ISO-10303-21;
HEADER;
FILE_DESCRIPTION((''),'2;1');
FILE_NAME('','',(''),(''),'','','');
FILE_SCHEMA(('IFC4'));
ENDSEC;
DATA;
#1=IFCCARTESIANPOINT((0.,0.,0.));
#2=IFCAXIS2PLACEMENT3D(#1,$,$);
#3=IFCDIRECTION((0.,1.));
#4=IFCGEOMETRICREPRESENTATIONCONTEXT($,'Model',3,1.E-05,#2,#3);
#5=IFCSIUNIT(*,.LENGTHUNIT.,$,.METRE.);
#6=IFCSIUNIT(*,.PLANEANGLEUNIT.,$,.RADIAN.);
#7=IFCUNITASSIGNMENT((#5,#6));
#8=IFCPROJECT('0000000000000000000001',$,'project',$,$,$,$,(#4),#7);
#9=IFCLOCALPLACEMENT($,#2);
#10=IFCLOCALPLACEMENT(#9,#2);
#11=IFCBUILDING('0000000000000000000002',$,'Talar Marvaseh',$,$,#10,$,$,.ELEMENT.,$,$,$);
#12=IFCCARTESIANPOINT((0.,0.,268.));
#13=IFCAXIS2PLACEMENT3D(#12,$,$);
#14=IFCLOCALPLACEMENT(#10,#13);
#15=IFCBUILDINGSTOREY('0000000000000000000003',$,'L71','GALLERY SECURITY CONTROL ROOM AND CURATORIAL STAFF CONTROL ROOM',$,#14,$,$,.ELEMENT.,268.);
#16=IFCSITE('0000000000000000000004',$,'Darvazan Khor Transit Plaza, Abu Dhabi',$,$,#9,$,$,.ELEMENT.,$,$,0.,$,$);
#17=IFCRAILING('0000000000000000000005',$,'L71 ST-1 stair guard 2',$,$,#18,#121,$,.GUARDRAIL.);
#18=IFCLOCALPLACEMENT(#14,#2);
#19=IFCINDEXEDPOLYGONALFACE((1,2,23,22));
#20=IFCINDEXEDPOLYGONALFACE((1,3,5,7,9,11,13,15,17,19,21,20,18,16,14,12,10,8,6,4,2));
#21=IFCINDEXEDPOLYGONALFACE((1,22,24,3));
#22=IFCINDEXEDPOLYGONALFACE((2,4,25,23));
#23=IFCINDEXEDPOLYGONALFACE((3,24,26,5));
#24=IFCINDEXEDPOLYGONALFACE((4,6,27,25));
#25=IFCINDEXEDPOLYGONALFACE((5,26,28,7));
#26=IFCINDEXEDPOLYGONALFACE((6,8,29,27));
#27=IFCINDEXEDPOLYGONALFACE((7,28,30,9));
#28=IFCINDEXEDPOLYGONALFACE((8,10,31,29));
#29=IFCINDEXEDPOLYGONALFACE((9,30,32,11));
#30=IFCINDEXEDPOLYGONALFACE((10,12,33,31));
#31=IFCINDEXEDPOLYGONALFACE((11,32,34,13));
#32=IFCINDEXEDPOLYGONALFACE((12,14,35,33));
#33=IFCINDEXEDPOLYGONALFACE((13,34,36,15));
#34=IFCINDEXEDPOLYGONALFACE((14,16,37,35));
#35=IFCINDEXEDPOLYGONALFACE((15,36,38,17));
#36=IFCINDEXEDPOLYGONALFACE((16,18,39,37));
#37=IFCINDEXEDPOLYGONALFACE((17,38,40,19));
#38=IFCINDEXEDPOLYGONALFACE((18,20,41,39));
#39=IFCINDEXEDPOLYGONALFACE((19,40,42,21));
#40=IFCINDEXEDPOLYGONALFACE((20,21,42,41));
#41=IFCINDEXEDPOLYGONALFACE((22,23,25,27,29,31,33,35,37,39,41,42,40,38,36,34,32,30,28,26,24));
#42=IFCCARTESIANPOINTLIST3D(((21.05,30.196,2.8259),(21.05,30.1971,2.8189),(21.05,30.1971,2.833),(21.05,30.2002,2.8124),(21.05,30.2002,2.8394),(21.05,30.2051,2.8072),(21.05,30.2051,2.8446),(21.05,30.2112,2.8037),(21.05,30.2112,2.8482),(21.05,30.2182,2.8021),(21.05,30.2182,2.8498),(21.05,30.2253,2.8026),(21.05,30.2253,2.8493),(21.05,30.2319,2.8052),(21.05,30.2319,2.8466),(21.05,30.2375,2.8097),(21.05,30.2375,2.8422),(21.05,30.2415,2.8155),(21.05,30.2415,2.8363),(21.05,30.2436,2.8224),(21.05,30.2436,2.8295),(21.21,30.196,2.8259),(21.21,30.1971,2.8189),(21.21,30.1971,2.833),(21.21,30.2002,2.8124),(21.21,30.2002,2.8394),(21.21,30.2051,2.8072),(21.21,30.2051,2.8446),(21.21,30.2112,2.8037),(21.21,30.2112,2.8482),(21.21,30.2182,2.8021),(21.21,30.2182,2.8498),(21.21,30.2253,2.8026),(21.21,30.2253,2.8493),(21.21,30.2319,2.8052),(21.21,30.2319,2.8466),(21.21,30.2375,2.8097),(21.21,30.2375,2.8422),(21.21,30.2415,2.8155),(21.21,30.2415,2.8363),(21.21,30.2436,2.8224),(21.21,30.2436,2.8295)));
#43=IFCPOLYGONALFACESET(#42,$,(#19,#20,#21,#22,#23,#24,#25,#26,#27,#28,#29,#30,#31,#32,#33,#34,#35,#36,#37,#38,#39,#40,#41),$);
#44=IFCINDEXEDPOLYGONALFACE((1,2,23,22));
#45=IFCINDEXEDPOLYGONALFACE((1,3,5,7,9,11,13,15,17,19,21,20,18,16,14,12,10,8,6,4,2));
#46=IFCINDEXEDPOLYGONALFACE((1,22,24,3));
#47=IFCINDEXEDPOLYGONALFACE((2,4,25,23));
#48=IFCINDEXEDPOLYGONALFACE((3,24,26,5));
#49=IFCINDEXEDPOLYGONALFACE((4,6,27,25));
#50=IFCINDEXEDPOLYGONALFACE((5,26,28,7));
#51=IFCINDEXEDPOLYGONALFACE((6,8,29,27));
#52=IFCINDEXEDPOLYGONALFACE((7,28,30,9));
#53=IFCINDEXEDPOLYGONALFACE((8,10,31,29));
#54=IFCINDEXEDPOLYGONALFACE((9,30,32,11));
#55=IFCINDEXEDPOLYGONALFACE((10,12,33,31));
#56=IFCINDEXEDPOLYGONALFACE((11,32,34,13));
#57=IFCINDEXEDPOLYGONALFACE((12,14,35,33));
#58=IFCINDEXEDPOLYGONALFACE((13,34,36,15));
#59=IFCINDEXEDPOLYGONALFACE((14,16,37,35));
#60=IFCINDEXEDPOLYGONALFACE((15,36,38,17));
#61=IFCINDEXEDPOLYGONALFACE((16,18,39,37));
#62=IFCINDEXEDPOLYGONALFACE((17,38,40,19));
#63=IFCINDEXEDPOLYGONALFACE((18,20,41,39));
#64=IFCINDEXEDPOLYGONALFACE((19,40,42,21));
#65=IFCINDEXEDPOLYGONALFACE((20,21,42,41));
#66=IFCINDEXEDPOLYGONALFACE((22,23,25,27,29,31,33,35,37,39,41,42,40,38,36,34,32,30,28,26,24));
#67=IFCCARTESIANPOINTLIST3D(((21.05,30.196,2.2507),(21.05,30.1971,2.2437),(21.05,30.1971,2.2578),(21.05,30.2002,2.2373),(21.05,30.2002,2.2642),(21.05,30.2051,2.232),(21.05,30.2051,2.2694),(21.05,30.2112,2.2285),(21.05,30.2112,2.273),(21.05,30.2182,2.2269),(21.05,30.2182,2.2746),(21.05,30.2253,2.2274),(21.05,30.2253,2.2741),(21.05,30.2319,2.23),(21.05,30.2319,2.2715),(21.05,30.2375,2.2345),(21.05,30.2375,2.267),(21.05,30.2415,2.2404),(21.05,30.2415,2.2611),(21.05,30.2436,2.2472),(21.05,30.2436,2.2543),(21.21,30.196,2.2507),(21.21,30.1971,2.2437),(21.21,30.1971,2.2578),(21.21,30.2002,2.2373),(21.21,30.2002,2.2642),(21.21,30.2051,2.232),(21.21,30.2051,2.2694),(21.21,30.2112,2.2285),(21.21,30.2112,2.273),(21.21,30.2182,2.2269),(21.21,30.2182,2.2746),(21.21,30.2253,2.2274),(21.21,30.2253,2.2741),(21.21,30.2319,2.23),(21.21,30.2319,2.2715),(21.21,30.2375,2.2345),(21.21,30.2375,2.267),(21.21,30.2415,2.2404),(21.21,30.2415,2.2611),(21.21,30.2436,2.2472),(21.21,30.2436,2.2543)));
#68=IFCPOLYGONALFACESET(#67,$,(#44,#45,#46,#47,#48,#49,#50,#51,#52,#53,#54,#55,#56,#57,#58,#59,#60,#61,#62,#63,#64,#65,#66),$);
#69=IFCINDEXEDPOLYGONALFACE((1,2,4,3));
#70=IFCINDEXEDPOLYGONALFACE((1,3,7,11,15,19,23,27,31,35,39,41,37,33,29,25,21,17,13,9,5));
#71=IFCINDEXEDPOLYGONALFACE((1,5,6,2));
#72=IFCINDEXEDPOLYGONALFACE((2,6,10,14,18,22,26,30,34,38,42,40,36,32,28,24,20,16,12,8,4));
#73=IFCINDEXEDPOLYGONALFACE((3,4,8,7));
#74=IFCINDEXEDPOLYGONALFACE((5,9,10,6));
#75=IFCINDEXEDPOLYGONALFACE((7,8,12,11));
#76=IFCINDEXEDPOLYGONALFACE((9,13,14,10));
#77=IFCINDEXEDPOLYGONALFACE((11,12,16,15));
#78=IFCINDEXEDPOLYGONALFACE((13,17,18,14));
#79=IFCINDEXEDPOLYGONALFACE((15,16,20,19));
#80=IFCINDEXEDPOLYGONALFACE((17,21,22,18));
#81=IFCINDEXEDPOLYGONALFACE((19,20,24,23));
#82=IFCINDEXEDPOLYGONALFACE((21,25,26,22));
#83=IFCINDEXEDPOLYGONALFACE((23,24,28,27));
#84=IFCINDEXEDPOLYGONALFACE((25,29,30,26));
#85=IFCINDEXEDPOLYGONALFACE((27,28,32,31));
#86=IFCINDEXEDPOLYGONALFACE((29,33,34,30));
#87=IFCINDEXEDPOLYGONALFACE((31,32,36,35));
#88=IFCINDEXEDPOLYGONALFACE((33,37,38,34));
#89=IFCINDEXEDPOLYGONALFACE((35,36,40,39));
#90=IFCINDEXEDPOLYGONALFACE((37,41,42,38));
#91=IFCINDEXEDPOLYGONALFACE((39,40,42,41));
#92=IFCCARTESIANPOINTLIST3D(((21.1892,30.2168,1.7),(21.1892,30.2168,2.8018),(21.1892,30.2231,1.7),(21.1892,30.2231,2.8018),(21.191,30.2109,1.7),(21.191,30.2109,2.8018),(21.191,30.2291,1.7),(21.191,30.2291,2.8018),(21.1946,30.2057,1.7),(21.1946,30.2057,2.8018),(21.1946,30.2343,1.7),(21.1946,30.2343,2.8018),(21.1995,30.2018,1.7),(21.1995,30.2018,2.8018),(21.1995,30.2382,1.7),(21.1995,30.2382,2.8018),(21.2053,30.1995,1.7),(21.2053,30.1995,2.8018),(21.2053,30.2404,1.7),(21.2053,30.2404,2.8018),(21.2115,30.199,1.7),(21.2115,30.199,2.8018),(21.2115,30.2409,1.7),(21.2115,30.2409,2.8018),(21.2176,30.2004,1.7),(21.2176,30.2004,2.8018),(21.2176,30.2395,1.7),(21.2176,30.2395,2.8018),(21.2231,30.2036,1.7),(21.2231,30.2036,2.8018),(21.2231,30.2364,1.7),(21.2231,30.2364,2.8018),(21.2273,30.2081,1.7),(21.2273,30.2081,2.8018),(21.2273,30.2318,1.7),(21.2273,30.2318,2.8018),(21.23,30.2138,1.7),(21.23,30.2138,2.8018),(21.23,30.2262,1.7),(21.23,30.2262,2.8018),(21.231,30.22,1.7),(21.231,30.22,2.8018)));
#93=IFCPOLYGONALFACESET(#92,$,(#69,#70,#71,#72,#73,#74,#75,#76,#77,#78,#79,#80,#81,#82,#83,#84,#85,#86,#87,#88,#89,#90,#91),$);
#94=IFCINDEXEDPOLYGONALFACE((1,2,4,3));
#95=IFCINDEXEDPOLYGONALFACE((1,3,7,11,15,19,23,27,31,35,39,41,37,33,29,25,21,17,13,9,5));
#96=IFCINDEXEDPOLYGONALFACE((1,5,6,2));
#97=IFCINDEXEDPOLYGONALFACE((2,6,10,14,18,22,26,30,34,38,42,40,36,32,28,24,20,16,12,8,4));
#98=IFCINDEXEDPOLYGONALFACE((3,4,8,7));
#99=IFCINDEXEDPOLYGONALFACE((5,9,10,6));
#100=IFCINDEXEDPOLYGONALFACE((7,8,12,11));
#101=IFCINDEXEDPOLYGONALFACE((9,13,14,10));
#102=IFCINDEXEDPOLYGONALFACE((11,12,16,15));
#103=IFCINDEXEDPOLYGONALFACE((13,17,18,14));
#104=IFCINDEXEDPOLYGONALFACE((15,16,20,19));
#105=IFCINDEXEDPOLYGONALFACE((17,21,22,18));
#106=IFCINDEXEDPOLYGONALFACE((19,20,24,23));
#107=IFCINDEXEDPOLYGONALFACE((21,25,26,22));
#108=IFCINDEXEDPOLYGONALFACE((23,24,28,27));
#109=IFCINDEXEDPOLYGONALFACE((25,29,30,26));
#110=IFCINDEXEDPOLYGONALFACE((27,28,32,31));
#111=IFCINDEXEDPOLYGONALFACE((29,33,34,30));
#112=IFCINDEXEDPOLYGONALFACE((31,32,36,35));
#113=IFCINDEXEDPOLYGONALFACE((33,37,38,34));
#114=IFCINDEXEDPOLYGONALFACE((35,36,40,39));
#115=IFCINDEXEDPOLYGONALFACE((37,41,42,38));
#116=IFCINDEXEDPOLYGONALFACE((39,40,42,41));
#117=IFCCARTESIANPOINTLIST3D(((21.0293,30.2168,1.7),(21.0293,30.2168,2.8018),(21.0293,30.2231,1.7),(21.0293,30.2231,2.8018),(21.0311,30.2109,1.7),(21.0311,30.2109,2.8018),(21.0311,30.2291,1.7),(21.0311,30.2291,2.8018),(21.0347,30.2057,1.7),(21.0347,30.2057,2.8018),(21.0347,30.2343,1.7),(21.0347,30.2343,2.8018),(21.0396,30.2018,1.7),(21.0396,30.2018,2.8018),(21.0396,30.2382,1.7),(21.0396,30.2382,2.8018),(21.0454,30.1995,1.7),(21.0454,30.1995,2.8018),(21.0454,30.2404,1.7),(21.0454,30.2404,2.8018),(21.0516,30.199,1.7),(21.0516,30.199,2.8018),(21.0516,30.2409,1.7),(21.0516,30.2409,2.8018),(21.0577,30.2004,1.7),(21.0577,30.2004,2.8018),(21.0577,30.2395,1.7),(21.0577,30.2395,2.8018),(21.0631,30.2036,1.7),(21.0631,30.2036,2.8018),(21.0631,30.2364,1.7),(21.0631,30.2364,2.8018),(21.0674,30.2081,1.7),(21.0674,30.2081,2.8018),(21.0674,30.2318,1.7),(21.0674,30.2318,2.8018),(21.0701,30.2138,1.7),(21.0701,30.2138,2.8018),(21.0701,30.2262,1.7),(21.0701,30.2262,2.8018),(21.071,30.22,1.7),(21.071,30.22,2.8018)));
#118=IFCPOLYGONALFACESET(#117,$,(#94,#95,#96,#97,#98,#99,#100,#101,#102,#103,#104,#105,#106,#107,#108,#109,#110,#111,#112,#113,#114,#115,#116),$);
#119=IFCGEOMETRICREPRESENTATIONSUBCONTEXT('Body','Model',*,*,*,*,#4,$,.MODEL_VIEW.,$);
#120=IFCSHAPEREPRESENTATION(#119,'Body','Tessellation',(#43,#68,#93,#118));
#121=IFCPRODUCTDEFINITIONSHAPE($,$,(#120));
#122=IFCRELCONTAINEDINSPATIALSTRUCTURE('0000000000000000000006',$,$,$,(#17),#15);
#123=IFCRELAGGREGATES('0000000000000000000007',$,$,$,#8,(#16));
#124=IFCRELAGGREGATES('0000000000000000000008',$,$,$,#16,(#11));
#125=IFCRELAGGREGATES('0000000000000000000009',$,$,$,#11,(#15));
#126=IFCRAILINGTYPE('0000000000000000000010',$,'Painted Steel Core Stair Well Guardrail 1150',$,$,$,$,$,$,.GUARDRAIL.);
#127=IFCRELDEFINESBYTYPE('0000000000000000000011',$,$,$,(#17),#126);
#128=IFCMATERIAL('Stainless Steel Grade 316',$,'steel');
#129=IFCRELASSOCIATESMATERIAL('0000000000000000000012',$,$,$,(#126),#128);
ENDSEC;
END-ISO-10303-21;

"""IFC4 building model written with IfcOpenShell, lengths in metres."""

from ifc_helpers import new_model, si_unit, direction, frame, origin, origin_2d, place, context, subcontext, project, spatial, circle, extrude, material, type_object, element, save


model = new_model("IFC4")

# Units and contexts
model_context = context("Model", 3, precision=1e-05, world=origin(), true_north=direction((0.0, 1.0)))
body_context = subcontext(model_context, "Body", "Model", "MODEL_VIEW")
ifc_project = project(units=[si_unit("LENGTHUNIT", "METRE"), si_unit("PLANEANGLEUNIT", "RADIAN")], contexts=[model_context])

# Site, building, storey
site_placement = place(None, origin())
site = spatial("IfcSite", under=ifc_project, at=site_placement, Name="Darvazan Khor Transit Plaza, Abu Dhabi", CompositionType="ELEMENT", RefElevation=0.0)
building_placement = place(site_placement, origin())
building = spatial("IfcBuilding", under=site, at=building_placement, Name="Talar Marvaseh", CompositionType="ELEMENT")
storey_placement = place(building_placement, frame((0.0, 0.0, 268.0)))
storey = spatial("IfcBuildingStorey", under=building, at=storey_placement, Name="L71", Description="GALLERY SECURITY CONTROL ROOM AND CURATORIAL STAFF CONTROL ROOM", CompositionType="ELEMENT", Elevation=268.0)

# Railing
ifc_material_1 = material(Name="Stainless Steel Grade 316", Category="steel")
railing_type_1 = type_object("IfcRailingType", Name="Painted Steel Core Stair Well Guardrail 1150", PredefinedType="GUARDRAIL", material=ifc_material_1)
railing_1_placement = place(storey_placement, frame((21.21, 30.22, 1.7)))
element("IfcRailing", 1, at=railing_1_placement, inside=storey, type_object=railing_type_1, Name="L71 ST-1 stair guard 2", PredefinedType="GUARDRAIL", context=body_context, shape_type="SweptSolid", body=[
    extrude(circle(Radius=0.0239, at=origin_2d()), frame((0.0, 0.0, 1.126), z_axis=(-1.0, 0.0, 0.0), x_axis=(0.0, -1.0, 0.0)), (0.0, 0.0, 1.0), 0.1599),
    extrude(circle(Radius=0.0239, at=origin_2d()), frame((0.0, 0.0, 0.5508), z_axis=(-1.0, 0.0, 0.0), x_axis=(0.0, -1.0, 0.0)), (0.0, 0.0, 1.0), 0.1599),
    extrude(circle(Radius=0.021, at=origin_2d()), origin(), (0.0, 0.0, 1.0), 1.1018),
    extrude(circle(Radius=0.021, at=origin_2d()), frame((-0.1599, 0.0, 0.0)), (0.0, 0.0, 1.0), 1.1018),
])

save(model, "model.ifc")
